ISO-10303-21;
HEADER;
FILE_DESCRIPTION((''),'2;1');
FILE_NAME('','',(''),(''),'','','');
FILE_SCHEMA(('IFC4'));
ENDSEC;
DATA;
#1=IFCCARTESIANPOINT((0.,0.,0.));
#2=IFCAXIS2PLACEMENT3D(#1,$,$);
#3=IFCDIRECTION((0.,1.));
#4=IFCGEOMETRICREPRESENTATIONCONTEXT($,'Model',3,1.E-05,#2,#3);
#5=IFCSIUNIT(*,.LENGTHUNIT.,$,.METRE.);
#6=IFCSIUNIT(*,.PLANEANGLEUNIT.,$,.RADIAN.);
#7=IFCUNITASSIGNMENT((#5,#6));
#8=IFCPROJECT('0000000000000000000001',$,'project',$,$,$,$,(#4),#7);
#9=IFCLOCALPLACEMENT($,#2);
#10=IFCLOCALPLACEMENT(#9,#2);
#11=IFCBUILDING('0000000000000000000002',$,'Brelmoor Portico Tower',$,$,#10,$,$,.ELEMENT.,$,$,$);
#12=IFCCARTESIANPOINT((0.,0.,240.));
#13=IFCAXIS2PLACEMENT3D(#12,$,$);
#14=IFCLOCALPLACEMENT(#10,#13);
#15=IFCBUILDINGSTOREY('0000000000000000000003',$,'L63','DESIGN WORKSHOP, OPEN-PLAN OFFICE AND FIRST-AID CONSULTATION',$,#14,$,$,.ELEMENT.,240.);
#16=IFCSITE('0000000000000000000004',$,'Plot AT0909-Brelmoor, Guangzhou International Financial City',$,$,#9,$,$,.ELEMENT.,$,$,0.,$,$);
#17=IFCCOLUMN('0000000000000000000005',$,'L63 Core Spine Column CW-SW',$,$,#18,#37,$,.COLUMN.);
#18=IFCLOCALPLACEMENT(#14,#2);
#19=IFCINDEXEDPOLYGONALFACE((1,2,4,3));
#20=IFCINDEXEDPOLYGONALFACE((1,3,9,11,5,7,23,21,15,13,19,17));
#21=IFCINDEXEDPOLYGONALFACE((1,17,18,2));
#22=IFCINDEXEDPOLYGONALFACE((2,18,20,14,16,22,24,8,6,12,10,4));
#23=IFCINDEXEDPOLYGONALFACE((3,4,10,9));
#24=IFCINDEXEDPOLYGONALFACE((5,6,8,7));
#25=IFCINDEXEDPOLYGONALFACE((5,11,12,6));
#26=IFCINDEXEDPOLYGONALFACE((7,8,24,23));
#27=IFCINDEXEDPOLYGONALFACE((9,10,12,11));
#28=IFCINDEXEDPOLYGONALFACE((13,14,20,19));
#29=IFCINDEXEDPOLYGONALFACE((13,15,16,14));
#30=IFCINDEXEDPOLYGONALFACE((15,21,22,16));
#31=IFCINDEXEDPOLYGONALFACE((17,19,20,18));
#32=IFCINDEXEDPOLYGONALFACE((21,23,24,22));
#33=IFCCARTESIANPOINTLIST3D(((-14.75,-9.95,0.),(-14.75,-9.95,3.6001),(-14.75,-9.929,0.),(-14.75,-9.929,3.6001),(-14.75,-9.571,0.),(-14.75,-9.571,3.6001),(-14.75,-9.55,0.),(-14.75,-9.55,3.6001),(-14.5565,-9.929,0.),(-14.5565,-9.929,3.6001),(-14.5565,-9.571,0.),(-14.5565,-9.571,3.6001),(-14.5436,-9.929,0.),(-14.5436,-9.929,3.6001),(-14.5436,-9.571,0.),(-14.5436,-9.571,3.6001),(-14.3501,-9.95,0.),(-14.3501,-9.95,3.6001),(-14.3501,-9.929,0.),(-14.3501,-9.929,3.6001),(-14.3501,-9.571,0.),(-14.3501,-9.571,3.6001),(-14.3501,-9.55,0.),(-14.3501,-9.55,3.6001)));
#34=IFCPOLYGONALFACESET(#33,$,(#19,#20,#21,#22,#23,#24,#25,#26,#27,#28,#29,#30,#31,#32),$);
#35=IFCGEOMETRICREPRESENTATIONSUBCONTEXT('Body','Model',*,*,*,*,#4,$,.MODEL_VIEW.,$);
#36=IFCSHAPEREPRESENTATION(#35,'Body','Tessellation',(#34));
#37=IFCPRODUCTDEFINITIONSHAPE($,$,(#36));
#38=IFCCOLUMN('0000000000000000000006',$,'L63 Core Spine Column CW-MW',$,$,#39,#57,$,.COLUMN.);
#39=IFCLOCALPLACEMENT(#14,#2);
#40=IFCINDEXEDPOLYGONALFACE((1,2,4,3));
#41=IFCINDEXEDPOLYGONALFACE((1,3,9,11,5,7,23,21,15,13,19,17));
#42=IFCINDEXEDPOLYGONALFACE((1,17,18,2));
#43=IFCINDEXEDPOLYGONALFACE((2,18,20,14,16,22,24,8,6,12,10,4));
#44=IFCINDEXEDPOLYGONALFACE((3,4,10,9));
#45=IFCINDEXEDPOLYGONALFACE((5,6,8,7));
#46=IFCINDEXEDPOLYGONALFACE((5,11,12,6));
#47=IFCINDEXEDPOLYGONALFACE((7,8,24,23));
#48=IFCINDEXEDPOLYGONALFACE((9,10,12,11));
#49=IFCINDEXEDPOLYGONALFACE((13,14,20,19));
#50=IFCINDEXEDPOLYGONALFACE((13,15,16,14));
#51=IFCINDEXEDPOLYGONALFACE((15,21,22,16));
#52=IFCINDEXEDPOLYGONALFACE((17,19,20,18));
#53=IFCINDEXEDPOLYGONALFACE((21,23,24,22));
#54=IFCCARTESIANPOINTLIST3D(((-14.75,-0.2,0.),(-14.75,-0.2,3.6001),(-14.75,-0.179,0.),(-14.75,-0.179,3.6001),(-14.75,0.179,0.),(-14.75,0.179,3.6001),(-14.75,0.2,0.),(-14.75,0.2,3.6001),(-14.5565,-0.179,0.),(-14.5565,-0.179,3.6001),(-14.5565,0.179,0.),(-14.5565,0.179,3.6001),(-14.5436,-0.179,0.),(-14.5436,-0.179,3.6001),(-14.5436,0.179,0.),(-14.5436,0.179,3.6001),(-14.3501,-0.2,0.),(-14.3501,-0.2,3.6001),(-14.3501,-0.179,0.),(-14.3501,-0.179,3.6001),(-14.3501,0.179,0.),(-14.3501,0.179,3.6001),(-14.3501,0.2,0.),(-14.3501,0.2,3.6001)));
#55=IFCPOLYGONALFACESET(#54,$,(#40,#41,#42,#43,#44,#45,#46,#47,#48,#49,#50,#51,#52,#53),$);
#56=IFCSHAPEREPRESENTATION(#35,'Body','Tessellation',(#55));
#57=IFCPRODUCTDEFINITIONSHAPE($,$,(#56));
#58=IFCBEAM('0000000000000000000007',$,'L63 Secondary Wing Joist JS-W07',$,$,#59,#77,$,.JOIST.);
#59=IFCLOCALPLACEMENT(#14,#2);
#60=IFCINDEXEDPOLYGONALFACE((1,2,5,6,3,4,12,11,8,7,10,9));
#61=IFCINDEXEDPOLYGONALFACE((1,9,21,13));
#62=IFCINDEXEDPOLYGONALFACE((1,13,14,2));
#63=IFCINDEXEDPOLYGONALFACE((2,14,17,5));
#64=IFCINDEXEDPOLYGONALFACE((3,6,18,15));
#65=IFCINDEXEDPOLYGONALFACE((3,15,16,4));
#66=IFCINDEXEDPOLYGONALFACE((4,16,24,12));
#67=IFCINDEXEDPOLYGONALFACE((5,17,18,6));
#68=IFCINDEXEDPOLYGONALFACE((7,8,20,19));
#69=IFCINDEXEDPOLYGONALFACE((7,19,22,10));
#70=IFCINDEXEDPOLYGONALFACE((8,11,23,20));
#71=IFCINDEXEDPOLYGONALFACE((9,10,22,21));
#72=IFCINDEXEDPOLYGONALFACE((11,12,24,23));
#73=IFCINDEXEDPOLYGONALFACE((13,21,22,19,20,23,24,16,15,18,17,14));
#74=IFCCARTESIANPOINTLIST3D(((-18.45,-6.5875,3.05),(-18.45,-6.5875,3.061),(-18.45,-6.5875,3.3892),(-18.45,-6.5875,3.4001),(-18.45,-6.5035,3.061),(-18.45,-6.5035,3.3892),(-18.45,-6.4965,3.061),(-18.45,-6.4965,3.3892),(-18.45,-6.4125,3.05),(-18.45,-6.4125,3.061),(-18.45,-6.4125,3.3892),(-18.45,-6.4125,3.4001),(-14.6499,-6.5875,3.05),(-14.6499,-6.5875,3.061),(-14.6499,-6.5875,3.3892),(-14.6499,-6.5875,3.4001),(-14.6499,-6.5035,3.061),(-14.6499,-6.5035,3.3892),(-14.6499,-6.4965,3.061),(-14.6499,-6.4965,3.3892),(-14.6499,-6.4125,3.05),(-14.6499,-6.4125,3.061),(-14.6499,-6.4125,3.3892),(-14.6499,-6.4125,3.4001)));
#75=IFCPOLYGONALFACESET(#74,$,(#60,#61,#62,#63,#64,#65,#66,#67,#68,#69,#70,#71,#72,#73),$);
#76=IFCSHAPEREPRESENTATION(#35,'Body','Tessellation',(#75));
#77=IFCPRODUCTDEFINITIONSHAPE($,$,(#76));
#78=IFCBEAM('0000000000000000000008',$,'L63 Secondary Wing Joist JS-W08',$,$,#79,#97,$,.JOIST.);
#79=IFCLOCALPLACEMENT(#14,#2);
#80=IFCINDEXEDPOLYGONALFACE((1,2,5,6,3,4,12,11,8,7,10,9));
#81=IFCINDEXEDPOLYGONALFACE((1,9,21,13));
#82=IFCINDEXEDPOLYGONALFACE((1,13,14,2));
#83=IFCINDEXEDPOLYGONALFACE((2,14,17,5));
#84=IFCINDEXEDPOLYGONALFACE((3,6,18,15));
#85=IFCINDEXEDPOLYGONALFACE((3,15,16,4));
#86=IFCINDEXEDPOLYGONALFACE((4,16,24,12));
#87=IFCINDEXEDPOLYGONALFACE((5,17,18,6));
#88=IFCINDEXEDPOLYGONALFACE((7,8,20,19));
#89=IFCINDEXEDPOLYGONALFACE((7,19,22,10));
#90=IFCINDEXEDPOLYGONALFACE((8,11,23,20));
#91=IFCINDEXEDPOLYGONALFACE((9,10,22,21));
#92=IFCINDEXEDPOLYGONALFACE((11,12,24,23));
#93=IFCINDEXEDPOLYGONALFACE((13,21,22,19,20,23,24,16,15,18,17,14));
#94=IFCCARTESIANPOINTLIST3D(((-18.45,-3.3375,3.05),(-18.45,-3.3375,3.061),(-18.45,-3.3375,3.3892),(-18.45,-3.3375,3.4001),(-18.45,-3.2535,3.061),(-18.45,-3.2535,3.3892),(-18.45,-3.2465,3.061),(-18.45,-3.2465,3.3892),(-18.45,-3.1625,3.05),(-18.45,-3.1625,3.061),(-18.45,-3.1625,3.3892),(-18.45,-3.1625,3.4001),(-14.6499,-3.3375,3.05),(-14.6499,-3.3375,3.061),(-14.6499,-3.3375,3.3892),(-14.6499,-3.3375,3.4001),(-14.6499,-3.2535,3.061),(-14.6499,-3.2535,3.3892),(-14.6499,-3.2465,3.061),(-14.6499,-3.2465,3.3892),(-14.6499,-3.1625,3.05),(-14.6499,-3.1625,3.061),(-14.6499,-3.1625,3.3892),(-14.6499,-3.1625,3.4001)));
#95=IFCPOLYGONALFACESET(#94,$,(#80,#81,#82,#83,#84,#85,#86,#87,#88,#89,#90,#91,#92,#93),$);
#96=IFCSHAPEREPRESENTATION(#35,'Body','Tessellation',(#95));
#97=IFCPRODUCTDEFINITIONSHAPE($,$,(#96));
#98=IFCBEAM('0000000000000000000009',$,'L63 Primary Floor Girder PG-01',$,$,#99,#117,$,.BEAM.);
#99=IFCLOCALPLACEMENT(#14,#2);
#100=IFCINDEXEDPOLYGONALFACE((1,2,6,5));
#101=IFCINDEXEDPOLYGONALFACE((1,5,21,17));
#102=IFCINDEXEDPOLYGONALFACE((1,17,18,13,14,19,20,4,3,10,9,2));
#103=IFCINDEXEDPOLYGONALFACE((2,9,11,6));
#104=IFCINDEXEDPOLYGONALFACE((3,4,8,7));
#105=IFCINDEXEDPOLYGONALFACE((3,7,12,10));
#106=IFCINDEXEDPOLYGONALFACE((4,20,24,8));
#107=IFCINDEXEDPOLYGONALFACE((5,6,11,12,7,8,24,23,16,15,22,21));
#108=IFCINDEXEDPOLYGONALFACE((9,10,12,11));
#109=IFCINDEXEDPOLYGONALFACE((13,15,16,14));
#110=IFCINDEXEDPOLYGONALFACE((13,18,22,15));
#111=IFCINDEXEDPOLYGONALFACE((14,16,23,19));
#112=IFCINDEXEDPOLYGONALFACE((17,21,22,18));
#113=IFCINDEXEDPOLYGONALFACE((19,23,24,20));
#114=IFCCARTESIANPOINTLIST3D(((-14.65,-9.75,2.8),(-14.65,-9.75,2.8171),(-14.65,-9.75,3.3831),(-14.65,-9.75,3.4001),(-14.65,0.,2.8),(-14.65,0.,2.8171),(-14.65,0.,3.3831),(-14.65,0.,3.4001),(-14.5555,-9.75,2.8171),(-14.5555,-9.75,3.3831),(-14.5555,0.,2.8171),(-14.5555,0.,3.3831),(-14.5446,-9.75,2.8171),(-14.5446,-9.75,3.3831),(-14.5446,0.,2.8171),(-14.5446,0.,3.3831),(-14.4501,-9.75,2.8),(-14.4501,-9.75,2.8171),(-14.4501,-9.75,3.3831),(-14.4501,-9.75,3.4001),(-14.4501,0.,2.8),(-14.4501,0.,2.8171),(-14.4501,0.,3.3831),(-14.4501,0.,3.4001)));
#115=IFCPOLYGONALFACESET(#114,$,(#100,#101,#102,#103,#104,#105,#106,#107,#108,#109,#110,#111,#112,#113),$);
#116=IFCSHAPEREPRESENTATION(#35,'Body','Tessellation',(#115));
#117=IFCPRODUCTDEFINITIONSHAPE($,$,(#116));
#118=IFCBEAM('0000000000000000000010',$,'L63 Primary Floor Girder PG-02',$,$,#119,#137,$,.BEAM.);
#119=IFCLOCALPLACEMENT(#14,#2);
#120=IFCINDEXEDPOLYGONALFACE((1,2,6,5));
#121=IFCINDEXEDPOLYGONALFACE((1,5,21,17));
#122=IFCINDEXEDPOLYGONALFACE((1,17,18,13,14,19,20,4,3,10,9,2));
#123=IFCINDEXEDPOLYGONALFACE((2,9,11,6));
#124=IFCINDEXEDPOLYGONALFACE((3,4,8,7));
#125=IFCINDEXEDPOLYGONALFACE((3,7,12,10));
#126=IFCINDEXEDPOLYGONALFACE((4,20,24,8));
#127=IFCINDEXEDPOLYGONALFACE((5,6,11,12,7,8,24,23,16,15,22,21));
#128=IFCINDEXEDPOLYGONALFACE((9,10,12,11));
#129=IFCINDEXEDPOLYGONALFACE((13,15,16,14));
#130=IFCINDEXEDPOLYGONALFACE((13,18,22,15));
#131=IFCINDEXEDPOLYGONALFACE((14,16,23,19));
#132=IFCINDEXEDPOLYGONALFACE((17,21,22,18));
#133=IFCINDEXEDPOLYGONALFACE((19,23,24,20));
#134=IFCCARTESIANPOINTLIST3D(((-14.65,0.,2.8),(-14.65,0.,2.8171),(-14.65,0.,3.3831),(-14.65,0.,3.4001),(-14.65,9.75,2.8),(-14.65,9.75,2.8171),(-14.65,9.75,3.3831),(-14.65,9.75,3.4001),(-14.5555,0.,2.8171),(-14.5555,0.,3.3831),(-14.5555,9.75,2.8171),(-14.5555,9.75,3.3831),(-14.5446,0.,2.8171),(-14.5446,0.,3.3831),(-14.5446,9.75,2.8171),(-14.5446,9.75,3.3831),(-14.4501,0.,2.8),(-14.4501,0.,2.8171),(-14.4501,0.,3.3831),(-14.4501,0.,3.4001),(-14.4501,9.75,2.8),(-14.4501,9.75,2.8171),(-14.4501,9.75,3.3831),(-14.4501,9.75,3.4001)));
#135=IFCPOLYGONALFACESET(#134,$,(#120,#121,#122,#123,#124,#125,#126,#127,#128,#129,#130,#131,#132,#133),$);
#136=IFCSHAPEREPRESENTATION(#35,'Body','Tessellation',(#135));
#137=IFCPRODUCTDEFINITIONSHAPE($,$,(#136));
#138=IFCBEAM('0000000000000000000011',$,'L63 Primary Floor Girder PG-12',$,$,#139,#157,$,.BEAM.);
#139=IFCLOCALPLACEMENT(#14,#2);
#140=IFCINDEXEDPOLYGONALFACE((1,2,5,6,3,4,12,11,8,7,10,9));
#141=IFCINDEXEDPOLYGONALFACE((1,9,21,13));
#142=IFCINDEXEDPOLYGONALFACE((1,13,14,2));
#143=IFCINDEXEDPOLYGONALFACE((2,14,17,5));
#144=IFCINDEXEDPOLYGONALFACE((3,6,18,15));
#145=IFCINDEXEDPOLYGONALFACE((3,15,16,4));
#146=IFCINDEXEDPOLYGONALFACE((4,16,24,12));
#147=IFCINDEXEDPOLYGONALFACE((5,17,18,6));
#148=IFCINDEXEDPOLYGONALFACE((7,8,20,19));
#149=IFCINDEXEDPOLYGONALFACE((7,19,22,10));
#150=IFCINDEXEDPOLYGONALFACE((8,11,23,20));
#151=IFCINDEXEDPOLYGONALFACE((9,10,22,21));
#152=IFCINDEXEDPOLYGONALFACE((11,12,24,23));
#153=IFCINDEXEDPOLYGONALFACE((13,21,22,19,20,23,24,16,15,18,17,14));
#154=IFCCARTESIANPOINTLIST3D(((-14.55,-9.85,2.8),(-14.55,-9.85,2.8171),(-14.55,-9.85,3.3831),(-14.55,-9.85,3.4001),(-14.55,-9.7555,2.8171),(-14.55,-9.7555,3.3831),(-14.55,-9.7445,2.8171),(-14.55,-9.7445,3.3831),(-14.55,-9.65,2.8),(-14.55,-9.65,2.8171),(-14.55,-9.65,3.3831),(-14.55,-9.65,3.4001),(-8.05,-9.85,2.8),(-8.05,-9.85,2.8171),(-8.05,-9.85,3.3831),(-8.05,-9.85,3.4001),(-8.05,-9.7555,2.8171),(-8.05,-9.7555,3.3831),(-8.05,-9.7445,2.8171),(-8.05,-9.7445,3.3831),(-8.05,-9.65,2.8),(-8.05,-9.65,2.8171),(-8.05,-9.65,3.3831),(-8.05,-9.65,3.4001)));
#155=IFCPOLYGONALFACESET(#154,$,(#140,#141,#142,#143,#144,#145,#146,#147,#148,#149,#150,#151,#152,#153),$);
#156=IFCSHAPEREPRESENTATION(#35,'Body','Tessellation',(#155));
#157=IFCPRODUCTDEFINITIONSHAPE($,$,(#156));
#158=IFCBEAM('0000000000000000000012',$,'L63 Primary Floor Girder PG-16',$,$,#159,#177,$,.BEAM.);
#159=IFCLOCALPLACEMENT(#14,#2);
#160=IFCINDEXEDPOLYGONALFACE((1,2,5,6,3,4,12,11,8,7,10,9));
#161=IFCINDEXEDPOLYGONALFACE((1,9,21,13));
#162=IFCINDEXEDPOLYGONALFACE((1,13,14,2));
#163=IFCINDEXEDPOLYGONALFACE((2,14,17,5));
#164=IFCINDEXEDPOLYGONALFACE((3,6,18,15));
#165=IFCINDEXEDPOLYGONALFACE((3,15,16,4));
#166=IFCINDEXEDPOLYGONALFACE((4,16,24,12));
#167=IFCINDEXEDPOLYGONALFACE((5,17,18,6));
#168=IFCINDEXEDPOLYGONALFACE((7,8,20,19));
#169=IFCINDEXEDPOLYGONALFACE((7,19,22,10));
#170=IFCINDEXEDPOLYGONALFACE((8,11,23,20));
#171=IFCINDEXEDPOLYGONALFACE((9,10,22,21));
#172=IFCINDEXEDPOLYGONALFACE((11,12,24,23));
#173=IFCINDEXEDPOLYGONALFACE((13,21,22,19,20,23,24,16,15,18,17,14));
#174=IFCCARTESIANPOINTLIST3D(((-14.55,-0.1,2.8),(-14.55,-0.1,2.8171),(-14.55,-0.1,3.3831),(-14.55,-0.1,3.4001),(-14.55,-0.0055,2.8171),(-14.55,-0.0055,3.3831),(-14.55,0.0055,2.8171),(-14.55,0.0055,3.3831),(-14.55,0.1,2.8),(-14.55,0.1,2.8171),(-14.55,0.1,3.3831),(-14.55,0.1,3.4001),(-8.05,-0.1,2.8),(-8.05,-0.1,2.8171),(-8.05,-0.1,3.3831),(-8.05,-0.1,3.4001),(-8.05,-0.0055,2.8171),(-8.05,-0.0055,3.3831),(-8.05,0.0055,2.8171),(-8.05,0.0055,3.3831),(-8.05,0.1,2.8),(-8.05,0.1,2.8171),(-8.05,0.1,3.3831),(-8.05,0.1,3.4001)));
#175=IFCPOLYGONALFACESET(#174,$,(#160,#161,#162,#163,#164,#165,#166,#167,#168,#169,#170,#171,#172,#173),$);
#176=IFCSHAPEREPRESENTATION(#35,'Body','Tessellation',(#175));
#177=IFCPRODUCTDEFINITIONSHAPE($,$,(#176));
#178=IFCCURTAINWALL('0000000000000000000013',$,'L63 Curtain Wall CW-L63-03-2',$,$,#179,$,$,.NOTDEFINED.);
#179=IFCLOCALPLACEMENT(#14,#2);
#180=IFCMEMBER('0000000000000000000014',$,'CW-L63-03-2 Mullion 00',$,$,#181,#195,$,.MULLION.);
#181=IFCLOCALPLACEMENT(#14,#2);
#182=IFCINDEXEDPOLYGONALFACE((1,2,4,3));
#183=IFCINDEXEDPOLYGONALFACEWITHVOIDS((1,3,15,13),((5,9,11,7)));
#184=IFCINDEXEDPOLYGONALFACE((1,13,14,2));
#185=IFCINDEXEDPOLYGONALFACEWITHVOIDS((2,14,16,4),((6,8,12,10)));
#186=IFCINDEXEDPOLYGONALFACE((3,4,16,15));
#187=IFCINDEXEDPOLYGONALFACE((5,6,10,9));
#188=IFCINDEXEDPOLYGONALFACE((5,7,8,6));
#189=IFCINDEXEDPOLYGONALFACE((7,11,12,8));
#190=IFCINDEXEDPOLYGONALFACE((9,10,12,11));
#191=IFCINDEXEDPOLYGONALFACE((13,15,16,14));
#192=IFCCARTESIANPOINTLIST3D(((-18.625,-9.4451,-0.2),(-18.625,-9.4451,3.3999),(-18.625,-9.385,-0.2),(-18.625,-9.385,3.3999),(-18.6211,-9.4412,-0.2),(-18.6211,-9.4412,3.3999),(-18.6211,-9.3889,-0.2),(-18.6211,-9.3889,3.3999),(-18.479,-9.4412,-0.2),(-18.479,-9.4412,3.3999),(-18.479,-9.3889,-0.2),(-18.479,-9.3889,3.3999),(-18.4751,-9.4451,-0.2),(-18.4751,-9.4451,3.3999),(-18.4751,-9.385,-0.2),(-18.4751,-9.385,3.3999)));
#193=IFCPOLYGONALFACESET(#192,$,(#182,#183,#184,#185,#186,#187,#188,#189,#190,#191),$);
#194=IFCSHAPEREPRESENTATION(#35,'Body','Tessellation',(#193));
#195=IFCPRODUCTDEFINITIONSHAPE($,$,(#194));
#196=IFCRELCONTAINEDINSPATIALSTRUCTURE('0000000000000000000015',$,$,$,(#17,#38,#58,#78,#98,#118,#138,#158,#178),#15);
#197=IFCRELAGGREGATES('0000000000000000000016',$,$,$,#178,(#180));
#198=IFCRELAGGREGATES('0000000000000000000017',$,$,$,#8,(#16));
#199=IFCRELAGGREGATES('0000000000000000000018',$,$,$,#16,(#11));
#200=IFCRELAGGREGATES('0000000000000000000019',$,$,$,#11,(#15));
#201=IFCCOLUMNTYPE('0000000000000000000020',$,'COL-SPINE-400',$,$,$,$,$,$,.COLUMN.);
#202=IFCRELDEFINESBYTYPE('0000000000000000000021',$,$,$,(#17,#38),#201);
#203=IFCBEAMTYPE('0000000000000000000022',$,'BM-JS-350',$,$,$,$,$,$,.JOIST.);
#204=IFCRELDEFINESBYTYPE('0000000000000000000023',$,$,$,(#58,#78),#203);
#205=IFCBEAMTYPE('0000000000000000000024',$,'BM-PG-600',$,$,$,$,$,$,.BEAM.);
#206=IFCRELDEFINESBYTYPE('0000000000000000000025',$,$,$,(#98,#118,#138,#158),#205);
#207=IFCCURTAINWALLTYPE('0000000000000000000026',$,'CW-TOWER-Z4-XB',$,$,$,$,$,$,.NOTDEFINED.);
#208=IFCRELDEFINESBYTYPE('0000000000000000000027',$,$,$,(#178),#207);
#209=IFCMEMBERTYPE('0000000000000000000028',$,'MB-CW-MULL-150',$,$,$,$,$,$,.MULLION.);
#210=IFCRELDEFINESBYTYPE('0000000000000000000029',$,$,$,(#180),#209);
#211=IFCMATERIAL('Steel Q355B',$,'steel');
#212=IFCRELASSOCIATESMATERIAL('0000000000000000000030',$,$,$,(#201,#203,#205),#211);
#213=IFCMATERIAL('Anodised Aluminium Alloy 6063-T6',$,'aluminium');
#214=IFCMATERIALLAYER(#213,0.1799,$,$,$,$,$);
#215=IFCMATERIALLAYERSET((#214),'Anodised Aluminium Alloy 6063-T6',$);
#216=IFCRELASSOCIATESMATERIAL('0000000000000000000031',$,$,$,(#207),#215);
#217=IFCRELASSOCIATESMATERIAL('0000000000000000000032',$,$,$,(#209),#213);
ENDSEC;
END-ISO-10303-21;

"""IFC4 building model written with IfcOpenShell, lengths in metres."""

from ifc_helpers import new_model, si_unit, direction, frame, origin, origin_2d, place, context, subcontext, project, spatial, hollow_rectangle, i_section, extrude, material, layer, layer_set, material_profile, profile_set, type_object, element, aggregate, save


model = new_model("IFC4")

# Units and contexts
model_context = context("Model", 3, precision=1e-05, world=origin(), true_north=direction((0.0, 1.0)))
body_context = subcontext(model_context, "Body", "Model", "MODEL_VIEW")
ifc_project = project(units=[si_unit("LENGTHUNIT", "METRE"), si_unit("PLANEANGLEUNIT", "RADIAN")], contexts=[model_context])

# Site, building, storey
site_placement = place(None, origin())
site = spatial("IfcSite", under=ifc_project, at=site_placement, Name="Plot AT0909-Brelmoor, Guangzhou International Financial City", CompositionType="ELEMENT", RefElevation=0.0)
building_placement = place(site_placement, origin())
building = spatial("IfcBuilding", under=site, at=building_placement, Name="Brelmoor Portico Tower", CompositionType="ELEMENT")
storey_placement = place(building_placement, frame((0.0, 0.0, 240.0)))
storey = spatial("IfcBuildingStorey", under=building, at=storey_placement, Name="L63", Description="DESIGN WORKSHOP, OPEN-PLAN OFFICE AND FIRST-AID CONSULTATION", CompositionType="ELEMENT", Elevation=240.0)

# Columns
ifc_material_1 = material(Name="Steel Q355B", Category="steel")
ifc_material_profile_1 = material_profile(ifc_material_1, i_section(OverallWidth=0.3999, OverallDepth=0.3999, WebThickness=0.0129, FlangeThickness=0.021, at=origin_2d()), Name="HW 400x400x13x21")
ifc_profile_set_1 = profile_set([ifc_material_profile_1], Name="Steel Q355B")
column_type = type_object("IfcColumnType", Name="COL-SPINE-400", PredefinedType="COLUMN", material=ifc_profile_set_1)
for number, where, z_axis, x_axis, name in (
    (1, (-14.55, -9.75, 0.0), (0.0, 0.0, 1.0), (1.0, 0.0, 0.0), "L63 Core Spine Column CW-SW"),
    (2, (-14.55, 0.0, 0.0), (0.0, 0.0, 1.0), (1.0, 0.0, 0.0), "L63 Core Spine Column CW-MW"),
):
    element("IfcColumn", number, at=place(storey_placement, frame(where, z_axis=z_axis, x_axis=x_axis)), inside=storey, type_object=column_type, Name=name, PredefinedType="COLUMN", context=body_context, shape_type="SweptSolid", body=[
        extrude(i_section(OverallWidth=0.3999, OverallDepth=0.3999, WebThickness=0.0129, FlangeThickness=0.021, at=origin_2d()), origin(), (0.0, 0.0, 1.0), 3.6001),
    ])

# Beams
ifc_material_profile_2 = material_profile(ifc_material_1, i_section(OverallWidth=0.175, OverallDepth=0.3501, WebThickness=0.0071, FlangeThickness=0.011, at=origin_2d()), Name="HN 350x175x7x11")
ifc_profile_set_2 = profile_set([ifc_material_profile_2], Name="Steel Q355B")
beam_type_1 = type_object("IfcBeamType", Name="BM-JS-350", PredefinedType="JOIST", material=ifc_profile_set_2)
for number, where, z_axis, x_axis, name in (
    (3, (-18.45, -6.5, 3.2251), (1.0, 0.0, 0.0), (0.0, 1.0, 0.0), "L63 Secondary Wing Joist JS-W07"),
    (4, (-18.45, -3.25, 3.2251), (1.0, 0.0, 0.0), (0.0, 1.0, 0.0), "L63 Secondary Wing Joist JS-W08"),
):
    element("IfcBeam", number, at=place(storey_placement, frame(where, z_axis=z_axis, x_axis=x_axis)), inside=storey, type_object=beam_type_1, Name=name, PredefinedType="JOIST", context=body_context, shape_type="SweptSolid", body=[
        extrude(i_section(OverallWidth=0.175, OverallDepth=0.3501, WebThickness=0.0071, FlangeThickness=0.011, at=origin_2d()), origin(), (0.0, 0.0, 1.0), 3.8),
    ])
ifc_material_profile_3 = material_profile(ifc_material_1, i_section(OverallWidth=0.2, OverallDepth=0.6001, WebThickness=0.011, FlangeThickness=0.0171, at=origin_2d()), Name="HN 600x200x11x17")
ifc_profile_set_3 = profile_set([ifc_material_profile_3], Name="Steel Q355B")
beam_type_2 = type_object("IfcBeamType", Name="BM-PG-600", PredefinedType="BEAM", material=ifc_profile_set_3)
for number, where, z_axis, x_axis, name in (
    (5, (-14.55, -9.75, 3.1001), (0.0, 1.0, 0.0), (-1.0, 0.0, 0.0), "L63 Primary Floor Girder PG-01"),
    (6, (-14.55, 0.0, 3.1001), (0.0, 1.0, 0.0), (-1.0, 0.0, 0.0), "L63 Primary Floor Girder PG-02"),
):
    element("IfcBeam", number, at=place(storey_placement, frame(where, z_axis=z_axis, x_axis=x_axis)), inside=storey, type_object=beam_type_2, Name=name, PredefinedType="BEAM", context=body_context, shape_type="SweptSolid", body=[
        extrude(i_section(OverallWidth=0.2, OverallDepth=0.6001, WebThickness=0.011, FlangeThickness=0.0171, at=origin_2d()), origin(), (0.0, 0.0, 1.0), 9.75),
    ])
for number, where, z_axis, x_axis, name in (
    (7, (-14.55, -9.75, 3.1001), (1.0, 0.0, 0.0), (0.0, 1.0, 0.0), "L63 Primary Floor Girder PG-12"),
    (8, (-14.55, 0.0, 3.1001), (1.0, 0.0, 0.0), (0.0, 1.0, 0.0), "L63 Primary Floor Girder PG-16"),
):
    element("IfcBeam", number, at=place(storey_placement, frame(where, z_axis=z_axis, x_axis=x_axis)), inside=storey, type_object=beam_type_2, Name=name, PredefinedType="BEAM", context=body_context, shape_type="SweptSolid", body=[
        extrude(i_section(OverallWidth=0.2, OverallDepth=0.6001, WebThickness=0.011, FlangeThickness=0.0171, at=origin_2d()), origin(), (0.0, 0.0, 1.0), 6.5),
    ])

# Curtain wall, member
ifc_material_2 = material(Name="Anodised Aluminium Alloy 6063-T6", Category="aluminium")
ifc_layer_1 = layer(ifc_material_2, 0.1799)
ifc_layer_set_1 = layer_set([ifc_layer_1], Name="Anodised Aluminium Alloy 6063-T6")
curtain_wall_type = type_object("IfcCurtainWallType", Name="CW-TOWER-Z4-XB", PredefinedType="NOTDEFINED", material=ifc_layer_set_1)
curtain_wall_placement = place(storey_placement, origin())
curtain_wall = element("IfcCurtainWall", 9, at=curtain_wall_placement, inside=storey, type_object=curtain_wall_type, Name="L63 Curtain Wall CW-L63-03-2", PredefinedType="NOTDEFINED")
ifc_material_profile_4 = material_profile(ifc_material_2, hollow_rectangle(XDim=0.0601, YDim=0.1499, WallThickness=0.0039, at=origin_2d()), Name="ALU MULLION 60x150")
ifc_profile_set_4 = profile_set([ifc_material_profile_4], Name="Anodised Aluminium Alloy 6063-T6")
member_type_1 = type_object("IfcMemberType", Name="MB-CW-MULL-150", PredefinedType="MULLION", material=ifc_profile_set_4)
member_1_placement = place(storey_placement, frame((-18.55, -9.415, -0.2), z_axis=(0.0, 0.0, 1.0), x_axis=(0.0, 1.0, 0.0)))
member_1 = element("IfcMember", 10, at=member_1_placement, type_object=member_type_1, Name="CW-L63-03-2 Mullion 00", PredefinedType="MULLION", context=body_context, shape_type="SweptSolid", body=[
    extrude(hollow_rectangle(XDim=0.0601, YDim=0.1499, WallThickness=0.0039, at=origin_2d()), origin(), (0.0, 0.0, 1.0), 3.5999),
])
aggregate(curtain_wall, [member_1])

save(model, "model.ifc")
